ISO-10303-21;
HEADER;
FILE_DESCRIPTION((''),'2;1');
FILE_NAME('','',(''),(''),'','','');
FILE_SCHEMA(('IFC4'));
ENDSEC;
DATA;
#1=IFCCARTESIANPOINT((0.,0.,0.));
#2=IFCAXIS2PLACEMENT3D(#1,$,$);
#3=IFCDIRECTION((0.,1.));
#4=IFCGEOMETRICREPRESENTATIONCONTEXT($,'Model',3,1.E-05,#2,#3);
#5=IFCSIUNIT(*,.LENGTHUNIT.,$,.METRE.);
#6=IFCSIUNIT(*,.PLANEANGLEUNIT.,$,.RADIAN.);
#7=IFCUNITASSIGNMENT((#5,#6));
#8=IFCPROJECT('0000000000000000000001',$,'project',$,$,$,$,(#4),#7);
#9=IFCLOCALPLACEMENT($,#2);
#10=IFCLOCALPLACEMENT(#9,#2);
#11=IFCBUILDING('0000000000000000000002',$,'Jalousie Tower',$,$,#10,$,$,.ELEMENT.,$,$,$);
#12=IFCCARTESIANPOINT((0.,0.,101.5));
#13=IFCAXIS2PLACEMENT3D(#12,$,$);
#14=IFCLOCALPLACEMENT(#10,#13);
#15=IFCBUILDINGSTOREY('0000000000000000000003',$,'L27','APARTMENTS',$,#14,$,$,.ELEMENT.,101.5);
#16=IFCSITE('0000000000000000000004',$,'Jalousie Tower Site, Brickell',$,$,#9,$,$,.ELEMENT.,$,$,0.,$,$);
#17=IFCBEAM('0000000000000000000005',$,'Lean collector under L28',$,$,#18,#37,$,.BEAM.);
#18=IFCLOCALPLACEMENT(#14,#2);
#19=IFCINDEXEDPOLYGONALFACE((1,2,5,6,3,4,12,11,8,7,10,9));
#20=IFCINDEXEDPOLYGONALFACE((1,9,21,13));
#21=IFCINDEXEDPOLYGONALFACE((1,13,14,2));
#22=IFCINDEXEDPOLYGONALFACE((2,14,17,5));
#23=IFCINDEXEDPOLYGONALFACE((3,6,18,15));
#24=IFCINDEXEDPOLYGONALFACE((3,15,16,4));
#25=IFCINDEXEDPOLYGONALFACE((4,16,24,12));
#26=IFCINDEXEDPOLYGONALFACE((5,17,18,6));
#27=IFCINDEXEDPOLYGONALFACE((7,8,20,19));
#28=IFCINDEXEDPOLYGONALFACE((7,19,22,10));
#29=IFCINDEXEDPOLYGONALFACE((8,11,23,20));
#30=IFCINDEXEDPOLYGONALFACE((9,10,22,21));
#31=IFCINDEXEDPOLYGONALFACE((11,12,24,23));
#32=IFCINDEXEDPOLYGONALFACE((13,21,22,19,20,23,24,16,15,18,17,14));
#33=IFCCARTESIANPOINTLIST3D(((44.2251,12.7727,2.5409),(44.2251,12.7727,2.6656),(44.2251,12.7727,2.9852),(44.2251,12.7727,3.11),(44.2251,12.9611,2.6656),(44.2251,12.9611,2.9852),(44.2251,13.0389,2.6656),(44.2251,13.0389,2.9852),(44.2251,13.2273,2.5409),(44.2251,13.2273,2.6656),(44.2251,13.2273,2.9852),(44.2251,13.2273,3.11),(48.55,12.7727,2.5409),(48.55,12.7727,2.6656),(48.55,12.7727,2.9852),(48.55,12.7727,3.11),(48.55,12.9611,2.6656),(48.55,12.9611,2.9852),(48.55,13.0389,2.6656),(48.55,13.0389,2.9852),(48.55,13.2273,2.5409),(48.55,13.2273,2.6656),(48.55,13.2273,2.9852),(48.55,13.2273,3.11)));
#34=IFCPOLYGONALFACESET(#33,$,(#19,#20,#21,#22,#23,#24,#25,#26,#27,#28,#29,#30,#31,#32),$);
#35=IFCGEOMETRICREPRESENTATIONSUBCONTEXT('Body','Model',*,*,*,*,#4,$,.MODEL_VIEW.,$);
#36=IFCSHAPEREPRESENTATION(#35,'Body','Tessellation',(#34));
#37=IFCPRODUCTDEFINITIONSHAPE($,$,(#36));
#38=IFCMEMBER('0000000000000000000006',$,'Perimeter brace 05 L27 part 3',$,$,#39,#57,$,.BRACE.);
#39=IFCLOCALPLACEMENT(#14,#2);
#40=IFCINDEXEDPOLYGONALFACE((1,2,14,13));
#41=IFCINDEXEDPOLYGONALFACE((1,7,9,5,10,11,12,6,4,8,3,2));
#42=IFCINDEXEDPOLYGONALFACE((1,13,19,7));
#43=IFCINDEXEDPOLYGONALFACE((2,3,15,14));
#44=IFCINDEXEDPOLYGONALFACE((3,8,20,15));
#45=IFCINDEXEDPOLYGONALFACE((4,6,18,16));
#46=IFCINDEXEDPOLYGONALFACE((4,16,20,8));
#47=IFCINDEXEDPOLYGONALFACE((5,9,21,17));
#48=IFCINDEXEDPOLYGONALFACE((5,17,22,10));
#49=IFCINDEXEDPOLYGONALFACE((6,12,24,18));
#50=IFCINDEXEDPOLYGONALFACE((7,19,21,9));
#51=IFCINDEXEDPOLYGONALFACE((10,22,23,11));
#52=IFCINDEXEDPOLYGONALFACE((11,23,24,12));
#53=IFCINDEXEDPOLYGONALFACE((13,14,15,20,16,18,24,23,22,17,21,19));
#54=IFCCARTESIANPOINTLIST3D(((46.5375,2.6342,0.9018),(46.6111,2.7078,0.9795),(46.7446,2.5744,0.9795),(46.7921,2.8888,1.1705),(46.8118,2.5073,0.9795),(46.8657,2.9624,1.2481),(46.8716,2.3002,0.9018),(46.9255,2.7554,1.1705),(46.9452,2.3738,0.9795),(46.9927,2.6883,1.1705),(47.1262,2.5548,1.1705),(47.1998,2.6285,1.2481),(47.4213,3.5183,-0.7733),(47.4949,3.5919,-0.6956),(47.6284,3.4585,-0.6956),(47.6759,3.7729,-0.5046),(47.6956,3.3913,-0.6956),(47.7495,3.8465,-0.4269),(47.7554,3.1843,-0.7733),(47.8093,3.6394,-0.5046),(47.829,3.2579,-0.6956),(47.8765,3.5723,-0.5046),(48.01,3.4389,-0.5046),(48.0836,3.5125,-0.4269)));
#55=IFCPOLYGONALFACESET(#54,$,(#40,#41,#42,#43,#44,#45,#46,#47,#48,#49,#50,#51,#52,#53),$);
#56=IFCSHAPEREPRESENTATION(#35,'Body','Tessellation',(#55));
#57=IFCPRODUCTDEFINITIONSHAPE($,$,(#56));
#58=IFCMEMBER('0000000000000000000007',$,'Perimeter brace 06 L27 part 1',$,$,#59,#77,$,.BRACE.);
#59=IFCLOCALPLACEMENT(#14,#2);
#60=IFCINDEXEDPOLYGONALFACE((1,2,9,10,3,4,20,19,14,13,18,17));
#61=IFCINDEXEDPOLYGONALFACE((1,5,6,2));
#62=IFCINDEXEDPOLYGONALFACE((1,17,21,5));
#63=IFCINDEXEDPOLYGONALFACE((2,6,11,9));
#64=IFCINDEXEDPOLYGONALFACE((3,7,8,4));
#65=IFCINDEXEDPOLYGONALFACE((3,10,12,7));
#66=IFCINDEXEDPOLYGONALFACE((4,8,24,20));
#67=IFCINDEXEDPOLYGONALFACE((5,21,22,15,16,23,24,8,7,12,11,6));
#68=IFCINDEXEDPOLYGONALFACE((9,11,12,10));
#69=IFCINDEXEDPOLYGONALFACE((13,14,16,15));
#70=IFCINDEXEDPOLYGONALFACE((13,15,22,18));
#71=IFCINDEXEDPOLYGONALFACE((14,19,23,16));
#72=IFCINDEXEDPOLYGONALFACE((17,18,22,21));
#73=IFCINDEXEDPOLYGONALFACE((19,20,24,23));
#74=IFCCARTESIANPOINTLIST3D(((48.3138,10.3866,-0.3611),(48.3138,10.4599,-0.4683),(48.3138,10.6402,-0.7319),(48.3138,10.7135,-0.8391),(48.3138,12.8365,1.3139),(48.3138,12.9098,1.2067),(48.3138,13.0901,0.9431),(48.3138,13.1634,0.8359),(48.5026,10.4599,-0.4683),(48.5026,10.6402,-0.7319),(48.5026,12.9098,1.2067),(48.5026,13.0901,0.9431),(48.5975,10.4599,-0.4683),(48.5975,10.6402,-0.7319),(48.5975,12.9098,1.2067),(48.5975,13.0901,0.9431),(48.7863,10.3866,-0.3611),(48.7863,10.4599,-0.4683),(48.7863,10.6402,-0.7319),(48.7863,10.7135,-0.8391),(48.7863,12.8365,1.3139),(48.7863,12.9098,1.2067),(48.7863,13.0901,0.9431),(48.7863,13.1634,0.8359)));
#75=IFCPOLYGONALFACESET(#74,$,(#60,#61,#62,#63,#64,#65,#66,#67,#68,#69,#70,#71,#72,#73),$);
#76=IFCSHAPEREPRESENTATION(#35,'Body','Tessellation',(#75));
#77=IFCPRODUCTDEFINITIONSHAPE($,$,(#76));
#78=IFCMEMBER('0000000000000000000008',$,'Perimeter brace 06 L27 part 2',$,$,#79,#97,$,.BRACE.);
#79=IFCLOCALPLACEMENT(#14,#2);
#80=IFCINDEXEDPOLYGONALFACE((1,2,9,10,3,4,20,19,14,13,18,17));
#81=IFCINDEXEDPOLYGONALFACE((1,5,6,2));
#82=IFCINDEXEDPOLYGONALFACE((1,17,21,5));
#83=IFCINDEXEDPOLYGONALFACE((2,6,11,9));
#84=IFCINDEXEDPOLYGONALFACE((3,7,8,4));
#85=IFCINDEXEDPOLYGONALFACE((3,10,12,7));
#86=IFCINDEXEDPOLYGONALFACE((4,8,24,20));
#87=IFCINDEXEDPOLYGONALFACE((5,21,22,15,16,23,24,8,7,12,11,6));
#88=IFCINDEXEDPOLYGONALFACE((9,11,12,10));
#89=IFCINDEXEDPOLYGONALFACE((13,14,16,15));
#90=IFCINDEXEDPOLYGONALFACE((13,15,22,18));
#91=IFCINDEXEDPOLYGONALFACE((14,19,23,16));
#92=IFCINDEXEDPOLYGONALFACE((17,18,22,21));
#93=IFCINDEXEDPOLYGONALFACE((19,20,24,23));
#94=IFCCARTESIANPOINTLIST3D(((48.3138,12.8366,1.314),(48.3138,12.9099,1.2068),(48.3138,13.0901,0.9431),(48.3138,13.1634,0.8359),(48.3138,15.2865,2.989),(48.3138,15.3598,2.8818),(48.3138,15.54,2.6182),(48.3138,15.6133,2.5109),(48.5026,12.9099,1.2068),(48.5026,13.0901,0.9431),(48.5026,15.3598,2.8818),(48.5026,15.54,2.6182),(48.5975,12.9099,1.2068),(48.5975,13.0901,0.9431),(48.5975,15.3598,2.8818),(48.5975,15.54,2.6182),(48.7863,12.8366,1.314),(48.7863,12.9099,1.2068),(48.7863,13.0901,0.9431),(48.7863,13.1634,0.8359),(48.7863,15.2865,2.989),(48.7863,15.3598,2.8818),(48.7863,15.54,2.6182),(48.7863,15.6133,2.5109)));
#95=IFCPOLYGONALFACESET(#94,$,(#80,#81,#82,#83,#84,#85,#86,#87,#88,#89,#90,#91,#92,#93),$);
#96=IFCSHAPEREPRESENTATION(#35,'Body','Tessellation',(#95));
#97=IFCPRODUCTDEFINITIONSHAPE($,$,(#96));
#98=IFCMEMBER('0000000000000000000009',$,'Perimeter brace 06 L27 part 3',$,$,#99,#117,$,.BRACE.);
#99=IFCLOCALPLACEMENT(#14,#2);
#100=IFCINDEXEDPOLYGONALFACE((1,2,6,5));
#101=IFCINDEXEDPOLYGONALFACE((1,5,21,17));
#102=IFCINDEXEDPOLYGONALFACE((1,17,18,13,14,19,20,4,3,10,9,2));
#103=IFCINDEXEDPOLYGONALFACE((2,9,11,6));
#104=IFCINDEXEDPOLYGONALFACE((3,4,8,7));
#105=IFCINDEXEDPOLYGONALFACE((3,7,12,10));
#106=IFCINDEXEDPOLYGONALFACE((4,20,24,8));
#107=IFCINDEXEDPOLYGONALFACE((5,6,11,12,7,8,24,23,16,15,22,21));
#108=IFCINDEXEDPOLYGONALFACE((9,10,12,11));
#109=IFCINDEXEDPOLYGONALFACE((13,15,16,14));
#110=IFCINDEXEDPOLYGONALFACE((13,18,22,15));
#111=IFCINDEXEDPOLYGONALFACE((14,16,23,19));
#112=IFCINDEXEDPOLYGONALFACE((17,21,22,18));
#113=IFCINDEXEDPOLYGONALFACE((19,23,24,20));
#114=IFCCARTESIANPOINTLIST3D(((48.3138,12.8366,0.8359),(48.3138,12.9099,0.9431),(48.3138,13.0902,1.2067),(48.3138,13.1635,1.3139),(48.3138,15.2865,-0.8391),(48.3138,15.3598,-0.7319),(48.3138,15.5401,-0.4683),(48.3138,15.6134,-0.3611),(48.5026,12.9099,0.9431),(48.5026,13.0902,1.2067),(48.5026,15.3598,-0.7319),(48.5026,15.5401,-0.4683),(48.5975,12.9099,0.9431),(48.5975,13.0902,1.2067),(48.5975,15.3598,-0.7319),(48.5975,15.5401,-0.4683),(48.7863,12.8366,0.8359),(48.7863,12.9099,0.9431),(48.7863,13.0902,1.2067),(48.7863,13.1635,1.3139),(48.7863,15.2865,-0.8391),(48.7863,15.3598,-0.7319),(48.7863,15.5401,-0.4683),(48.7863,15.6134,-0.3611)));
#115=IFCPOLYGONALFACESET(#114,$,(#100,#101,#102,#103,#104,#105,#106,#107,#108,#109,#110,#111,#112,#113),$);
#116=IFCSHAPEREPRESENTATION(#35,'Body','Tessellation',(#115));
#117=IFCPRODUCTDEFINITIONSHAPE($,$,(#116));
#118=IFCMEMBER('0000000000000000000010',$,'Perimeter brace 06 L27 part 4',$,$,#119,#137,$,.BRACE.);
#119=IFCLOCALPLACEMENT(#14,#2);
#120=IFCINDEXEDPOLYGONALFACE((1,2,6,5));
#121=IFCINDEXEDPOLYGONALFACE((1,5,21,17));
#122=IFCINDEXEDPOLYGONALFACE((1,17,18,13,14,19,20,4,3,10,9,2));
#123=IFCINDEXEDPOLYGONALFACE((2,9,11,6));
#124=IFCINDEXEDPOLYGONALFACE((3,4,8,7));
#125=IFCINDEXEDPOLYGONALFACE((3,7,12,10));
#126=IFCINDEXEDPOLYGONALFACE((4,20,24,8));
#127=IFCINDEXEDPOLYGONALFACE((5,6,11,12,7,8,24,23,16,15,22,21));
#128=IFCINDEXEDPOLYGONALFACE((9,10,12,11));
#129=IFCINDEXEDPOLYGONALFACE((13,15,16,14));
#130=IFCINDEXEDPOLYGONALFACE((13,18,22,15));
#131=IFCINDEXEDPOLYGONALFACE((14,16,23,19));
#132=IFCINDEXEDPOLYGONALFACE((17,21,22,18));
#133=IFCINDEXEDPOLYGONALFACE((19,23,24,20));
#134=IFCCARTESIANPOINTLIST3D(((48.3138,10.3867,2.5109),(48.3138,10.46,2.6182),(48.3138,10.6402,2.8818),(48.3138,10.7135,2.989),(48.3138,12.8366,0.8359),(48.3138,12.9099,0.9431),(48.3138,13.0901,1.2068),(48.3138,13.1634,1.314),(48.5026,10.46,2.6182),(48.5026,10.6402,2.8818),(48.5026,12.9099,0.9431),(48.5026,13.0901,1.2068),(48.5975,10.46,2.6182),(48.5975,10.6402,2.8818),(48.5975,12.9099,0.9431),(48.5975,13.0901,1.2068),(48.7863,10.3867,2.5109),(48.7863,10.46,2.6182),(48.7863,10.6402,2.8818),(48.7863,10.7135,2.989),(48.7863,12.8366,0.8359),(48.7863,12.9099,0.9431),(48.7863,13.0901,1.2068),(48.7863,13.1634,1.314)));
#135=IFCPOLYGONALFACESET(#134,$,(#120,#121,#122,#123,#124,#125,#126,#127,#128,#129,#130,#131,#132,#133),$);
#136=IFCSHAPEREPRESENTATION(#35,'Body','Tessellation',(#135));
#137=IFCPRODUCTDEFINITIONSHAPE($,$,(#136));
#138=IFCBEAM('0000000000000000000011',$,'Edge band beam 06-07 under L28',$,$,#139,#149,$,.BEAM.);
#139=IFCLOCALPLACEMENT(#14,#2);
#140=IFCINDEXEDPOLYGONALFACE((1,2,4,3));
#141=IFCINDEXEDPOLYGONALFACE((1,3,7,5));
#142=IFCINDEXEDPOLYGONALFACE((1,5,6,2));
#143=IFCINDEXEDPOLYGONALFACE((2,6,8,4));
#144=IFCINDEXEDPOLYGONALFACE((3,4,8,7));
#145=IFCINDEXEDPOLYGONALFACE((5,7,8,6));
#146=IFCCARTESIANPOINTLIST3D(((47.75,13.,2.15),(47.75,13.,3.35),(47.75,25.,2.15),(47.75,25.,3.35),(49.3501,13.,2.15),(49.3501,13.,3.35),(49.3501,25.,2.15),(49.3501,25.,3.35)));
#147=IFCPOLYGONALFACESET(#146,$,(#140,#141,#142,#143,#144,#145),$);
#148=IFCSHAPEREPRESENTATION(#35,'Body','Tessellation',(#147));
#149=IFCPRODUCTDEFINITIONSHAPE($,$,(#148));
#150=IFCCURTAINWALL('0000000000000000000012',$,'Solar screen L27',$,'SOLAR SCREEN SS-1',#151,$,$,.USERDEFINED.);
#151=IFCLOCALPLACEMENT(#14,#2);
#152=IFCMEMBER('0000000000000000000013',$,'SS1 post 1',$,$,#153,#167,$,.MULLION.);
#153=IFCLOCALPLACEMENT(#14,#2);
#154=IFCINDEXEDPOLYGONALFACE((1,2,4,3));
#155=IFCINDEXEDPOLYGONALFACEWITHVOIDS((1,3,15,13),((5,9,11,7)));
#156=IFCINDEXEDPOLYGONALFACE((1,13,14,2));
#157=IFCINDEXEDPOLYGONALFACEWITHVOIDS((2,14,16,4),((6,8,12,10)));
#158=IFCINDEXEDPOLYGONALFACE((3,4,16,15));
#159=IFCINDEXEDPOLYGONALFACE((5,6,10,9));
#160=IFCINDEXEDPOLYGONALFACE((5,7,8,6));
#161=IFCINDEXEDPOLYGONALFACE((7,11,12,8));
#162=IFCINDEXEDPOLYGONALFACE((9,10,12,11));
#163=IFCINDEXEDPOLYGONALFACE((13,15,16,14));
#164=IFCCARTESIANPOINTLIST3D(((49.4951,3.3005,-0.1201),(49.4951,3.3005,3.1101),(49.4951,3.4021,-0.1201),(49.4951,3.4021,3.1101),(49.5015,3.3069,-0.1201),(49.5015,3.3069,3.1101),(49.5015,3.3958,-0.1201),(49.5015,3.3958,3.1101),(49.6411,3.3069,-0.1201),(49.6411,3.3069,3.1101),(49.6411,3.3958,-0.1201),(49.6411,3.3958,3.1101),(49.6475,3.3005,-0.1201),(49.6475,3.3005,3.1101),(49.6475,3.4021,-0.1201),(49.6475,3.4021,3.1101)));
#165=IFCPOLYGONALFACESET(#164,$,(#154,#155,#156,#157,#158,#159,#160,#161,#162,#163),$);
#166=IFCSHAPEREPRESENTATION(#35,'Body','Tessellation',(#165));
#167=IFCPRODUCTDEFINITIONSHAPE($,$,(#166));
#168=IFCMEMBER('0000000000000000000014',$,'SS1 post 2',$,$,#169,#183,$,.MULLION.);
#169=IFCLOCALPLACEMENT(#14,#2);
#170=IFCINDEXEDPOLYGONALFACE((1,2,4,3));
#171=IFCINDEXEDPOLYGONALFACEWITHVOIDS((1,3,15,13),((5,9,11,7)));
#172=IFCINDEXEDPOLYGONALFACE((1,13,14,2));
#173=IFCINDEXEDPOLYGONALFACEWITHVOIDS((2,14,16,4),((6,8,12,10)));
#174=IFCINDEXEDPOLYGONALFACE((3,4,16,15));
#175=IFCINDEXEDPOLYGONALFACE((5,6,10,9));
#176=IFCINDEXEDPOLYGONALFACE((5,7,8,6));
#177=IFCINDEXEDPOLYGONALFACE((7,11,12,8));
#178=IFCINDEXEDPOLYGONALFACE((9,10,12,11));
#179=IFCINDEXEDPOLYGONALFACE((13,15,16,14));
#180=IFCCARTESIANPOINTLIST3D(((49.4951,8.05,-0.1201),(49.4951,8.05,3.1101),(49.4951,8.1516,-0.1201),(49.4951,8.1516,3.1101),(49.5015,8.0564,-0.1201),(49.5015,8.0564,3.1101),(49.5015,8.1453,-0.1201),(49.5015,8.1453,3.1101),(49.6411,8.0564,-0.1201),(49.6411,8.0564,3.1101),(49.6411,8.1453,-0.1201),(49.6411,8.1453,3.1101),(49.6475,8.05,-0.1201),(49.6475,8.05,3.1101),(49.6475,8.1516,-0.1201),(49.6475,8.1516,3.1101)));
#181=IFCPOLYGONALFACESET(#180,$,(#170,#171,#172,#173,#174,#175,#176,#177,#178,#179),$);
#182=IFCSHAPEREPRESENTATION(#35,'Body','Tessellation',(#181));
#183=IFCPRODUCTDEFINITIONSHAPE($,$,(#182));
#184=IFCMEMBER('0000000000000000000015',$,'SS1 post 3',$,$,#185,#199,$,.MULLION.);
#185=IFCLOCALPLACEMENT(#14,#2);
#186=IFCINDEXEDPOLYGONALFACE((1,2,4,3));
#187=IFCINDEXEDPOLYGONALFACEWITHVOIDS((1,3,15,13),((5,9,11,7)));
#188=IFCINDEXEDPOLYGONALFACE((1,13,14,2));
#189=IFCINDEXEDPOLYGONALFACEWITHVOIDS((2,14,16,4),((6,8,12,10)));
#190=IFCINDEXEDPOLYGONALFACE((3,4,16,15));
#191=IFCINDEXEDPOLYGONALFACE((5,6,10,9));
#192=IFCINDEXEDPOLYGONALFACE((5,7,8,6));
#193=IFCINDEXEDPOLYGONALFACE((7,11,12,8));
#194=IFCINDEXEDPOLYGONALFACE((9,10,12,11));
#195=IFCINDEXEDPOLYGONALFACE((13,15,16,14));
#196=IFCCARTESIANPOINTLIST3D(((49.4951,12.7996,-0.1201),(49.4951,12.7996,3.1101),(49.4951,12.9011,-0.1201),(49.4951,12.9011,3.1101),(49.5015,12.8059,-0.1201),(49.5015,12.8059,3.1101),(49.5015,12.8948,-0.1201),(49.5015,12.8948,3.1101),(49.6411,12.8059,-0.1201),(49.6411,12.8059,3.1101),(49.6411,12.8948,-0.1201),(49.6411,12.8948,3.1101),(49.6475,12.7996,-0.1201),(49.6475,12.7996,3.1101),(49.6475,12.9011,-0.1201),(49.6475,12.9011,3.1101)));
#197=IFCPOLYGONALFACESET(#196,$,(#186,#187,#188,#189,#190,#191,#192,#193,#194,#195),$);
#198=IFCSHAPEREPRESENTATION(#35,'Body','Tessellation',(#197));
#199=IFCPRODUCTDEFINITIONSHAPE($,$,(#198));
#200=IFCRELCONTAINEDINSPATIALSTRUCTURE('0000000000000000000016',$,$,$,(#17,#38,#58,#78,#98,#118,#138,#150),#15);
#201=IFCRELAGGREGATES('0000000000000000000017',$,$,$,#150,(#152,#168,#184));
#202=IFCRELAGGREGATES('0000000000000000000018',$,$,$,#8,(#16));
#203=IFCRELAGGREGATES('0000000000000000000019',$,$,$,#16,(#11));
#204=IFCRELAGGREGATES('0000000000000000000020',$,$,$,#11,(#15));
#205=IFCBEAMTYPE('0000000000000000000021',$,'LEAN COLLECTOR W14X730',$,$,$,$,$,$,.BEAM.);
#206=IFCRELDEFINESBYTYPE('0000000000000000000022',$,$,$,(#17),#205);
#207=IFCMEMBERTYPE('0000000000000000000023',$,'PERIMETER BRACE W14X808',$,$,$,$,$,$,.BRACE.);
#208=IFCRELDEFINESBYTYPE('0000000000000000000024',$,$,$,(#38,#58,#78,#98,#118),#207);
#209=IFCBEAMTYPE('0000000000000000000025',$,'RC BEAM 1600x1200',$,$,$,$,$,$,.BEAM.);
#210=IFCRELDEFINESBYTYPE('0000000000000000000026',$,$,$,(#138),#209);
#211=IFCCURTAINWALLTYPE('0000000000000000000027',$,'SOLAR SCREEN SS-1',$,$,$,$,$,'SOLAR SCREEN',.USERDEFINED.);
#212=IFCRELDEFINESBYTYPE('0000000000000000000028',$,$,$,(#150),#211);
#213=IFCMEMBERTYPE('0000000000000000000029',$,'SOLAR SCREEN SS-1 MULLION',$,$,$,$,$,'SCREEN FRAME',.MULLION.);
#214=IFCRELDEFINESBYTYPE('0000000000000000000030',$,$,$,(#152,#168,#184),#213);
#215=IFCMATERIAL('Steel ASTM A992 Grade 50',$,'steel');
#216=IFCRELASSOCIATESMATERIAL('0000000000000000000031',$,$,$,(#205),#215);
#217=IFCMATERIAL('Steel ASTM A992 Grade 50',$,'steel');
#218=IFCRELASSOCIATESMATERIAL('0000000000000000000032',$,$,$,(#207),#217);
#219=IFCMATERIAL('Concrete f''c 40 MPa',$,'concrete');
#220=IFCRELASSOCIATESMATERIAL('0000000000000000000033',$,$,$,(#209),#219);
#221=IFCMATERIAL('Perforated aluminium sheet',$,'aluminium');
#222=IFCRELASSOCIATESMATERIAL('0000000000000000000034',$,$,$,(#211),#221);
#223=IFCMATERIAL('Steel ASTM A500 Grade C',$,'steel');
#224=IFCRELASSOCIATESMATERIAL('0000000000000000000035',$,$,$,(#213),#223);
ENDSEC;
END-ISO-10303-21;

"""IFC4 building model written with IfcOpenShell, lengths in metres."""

from ifc_helpers import new_model, si_unit, direction, frame, origin, origin_2d, place, context, subcontext, project, spatial, rectangle, hollow_rectangle, i_section, extrude, material, material_profile, profile_set, type_object, element, aggregate, save


model = new_model("IFC4")

# Units and contexts
model_context = context("Model", 3, precision=1e-05, world=origin(), true_north=direction((0.0, 1.0)))
body_context = subcontext(model_context, "Body", "Model", "MODEL_VIEW")
ifc_project = project(units=[si_unit("LENGTHUNIT", "METRE"), si_unit("PLANEANGLEUNIT", "RADIAN")], contexts=[model_context])

# Site, building, storey
site_placement = place(None, origin())
site = spatial("IfcSite", under=ifc_project, at=site_placement, Name="Jalousie Tower Site, Brickell", CompositionType="ELEMENT", RefElevation=0.0)
building_placement = place(site_placement, origin())
building = spatial("IfcBuilding", under=site, at=building_placement, Name="Jalousie Tower", CompositionType="ELEMENT")
storey_placement = place(building_placement, frame((0.0, 0.0, 101.5)))
storey = spatial("IfcBuildingStorey", under=building, at=storey_placement, Name="L27", Description="APARTMENTS", CompositionType="ELEMENT", Elevation=101.5)

# Beam
ifc_material_1 = material(Name="Steel ASTM A992 Grade 50", Category="steel")
ifc_material_profile_1 = material_profile(ifc_material_1, i_section(OverallWidth=0.4546, OverallDepth=0.5691, WebThickness=0.0779, FlangeThickness=0.1248, at=origin_2d()), Name="W14X730")
ifc_profile_set_1 = profile_set([ifc_material_profile_1], Name="Steel ASTM A992 Grade 50")
beam_type_1 = type_object("IfcBeamType", Name="LEAN COLLECTOR W14X730", PredefinedType="BEAM", material=ifc_profile_set_1)
beam_1_placement = place(storey_placement, frame((48.55, 13.0, 2.8254), z_axis=(-1.0, 0.0, 0.0), x_axis=(0.0, -1.0, 0.0)))
element("IfcBeam", 1, at=beam_1_placement, inside=storey, type_object=beam_type_1, Name="Lean collector under L28", PredefinedType="BEAM", context=body_context, shape_type="SweptSolid", body=[
    extrude(i_section(OverallWidth=0.4546, OverallDepth=0.5691, WebThickness=0.0779, FlangeThickness=0.1248, at=origin_2d()), origin(), (0.0, 0.0, 1.0), 4.325),
])

# Members
ifc_material_2 = material(Name="Steel ASTM A992 Grade 50", Category="steel")
ifc_material_profile_2 = material_profile(ifc_material_2, i_section(OverallWidth=0.4724, OverallDepth=0.5791, WebThickness=0.095, FlangeThickness=0.1299, at=origin_2d()), Name="W14X808")
ifc_profile_set_2 = profile_set([ifc_material_profile_2], Name="Steel ASTM A992 Grade 50")
member_type_1 = type_object("IfcMemberType", Name="PERIMETER BRACE W14X808", PredefinedType="BRACE", material=ifc_profile_set_2)
member_1_placement = place(storey_placement, frame((47.7524, 3.5154, -0.6001), z_axis=(-0.422852, -0.422969, 0.801432), x_axis=(0.707204, -0.707009, 0.0)))
element("IfcMember", 2, at=member_1_placement, inside=storey, type_object=member_type_1, Name="Perimeter brace 05 L27 part 3", PredefinedType="BRACE", context=body_context, shape_type="SweptSolid", body=[
    extrude(i_section(OverallWidth=0.4724, OverallDepth=0.5791, WebThickness=0.095, FlangeThickness=0.1299, at=origin_2d()), origin(), (0.0, 0.0, 1.0), 2.0901),
])
for number, where, z_axis, x_axis, name in (
    (3, (48.55, 10.55, -0.6001), (0.0, 0.825501, 0.564401), (-1.0, 0.0, 0.0), "Perimeter brace 06 L27 part 1"),
    (4, (48.55, 13.0, 1.075), (0.0, 0.825501, 0.564401), (-1.0, 0.0, 0.0), "Perimeter brace 06 L27 part 2"),
    (5, (48.55, 15.45, -0.6001), (0.0, -0.825501, 0.564401), (1.0, 0.0, 0.0), "Perimeter brace 06 L27 part 3"),
    (6, (48.55, 13.0, 1.075), (0.0, -0.825501, 0.564401), (1.0, 0.0, 0.0), "Perimeter brace 06 L27 part 4"),
):
    element("IfcMember", number, at=place(storey_placement, frame(where, z_axis=z_axis, x_axis=x_axis)), inside=storey, type_object=member_type_1, Name=name, PredefinedType="BRACE", context=body_context, shape_type="SweptSolid", body=[
        extrude(i_section(OverallWidth=0.4724, OverallDepth=0.5791, WebThickness=0.095, FlangeThickness=0.1299, at=origin_2d()), origin(), (0.0, 0.0, 1.0), 2.9678),
    ])

# Beam
ifc_material_3 = material(Name="Concrete f'c 40 MPa", Category="concrete")
ifc_material_profile_3 = material_profile(ifc_material_3, rectangle(XDim=1.6001, YDim=1.2, at=origin_2d()), Name="RC 1600x1200")
ifc_profile_set_3 = profile_set([ifc_material_profile_3], Name="Concrete f'c 40 MPa")
beam_type_2 = type_object("IfcBeamType", Name="RC BEAM 1600x1200", PredefinedType="BEAM", material=ifc_profile_set_3)
beam_2_placement = place(storey_placement, frame((48.55, 13.0, 2.75), z_axis=(0.0, 1.0, 0.0), x_axis=(-1.0, 0.0, 0.0)))
element("IfcBeam", 7, at=beam_2_placement, inside=storey, type_object=beam_type_2, Name="Edge band beam 06-07 under L28", PredefinedType="BEAM", context=body_context, shape_type="SweptSolid", body=[
    extrude(rectangle(XDim=1.6001, YDim=1.2, at=origin_2d()), origin(), (0.0, 0.0, 1.0), 12.0),
])

# Curtain wall, members
ifc_material_4 = material(Name="Perforated aluminium sheet", Category="aluminium")
curtain_wall_type = type_object("IfcCurtainWallType", Name="SOLAR SCREEN SS-1", ElementType="SOLAR SCREEN", PredefinedType="USERDEFINED", material=ifc_material_4)
curtain_wall_placement = place(storey_placement, origin())
curtain_wall = element("IfcCurtainWall", 8, at=curtain_wall_placement, inside=storey, type_object=curtain_wall_type, Name="Solar screen L27", ObjectType="SOLAR SCREEN SS-1", PredefinedType="USERDEFINED")
ifc_material_5 = material(Name="Steel ASTM A500 Grade C", Category="steel")
ifc_material_profile_4 = material_profile(ifc_material_5, hollow_rectangle(XDim=0.1016, YDim=0.1523, WallThickness=0.0063, at=origin_2d()), Name="HSS6X4X1/4")
ifc_profile_set_4 = profile_set([ifc_material_profile_4], Name="Steel ASTM A500 Grade C")
member_type_2 = type_object("IfcMemberType", Name="SOLAR SCREEN SS-1 MULLION", ElementType="SCREEN FRAME", PredefinedType="MULLION", material=ifc_profile_set_4)
member_2_placement = place(storey_placement, frame((49.5713, 3.3513, -0.1201), z_axis=(0.0, 0.0, 1.0), x_axis=(0.0, 1.0, 0.0)))
member_2 = element("IfcMember", 9, at=member_2_placement, type_object=member_type_2, Name="SS1 post 1", PredefinedType="MULLION", context=body_context, shape_type="SweptSolid", body=[
    extrude(hollow_rectangle(XDim=0.1016, YDim=0.1523, WallThickness=0.0063, at=origin_2d()), origin(), (0.0, 0.0, 1.0), 3.2302),
])
member_3_placement = place(storey_placement, frame((49.5713, 8.1008, -0.1201), z_axis=(0.0, 0.0, 1.0), x_axis=(0.0, 1.0, 0.0)))
member_3 = element("IfcMember", 10, at=member_3_placement, type_object=member_type_2, Name="SS1 post 2", PredefinedType="MULLION", context=body_context, shape_type="SweptSolid", body=[
    extrude(hollow_rectangle(XDim=0.1016, YDim=0.1523, WallThickness=0.0063, at=origin_2d()), origin(), (0.0, 0.0, 1.0), 3.2302),
])
member_4_placement = place(storey_placement, frame((49.5713, 12.8503, -0.1201), z_axis=(0.0, 0.0, 1.0), x_axis=(0.0, 1.0, 0.0)))
member_4 = element("IfcMember", 11, at=member_4_placement, type_object=member_type_2, Name="SS1 post 3", PredefinedType="MULLION", context=body_context, shape_type="SweptSolid", body=[
    extrude(hollow_rectangle(XDim=0.1016, YDim=0.1523, WallThickness=0.0063, at=origin_2d()), origin(), (0.0, 0.0, 1.0), 3.2302),
])
aggregate(curtain_wall, [member_2, member_3, member_4])

save(model, "model.ifc")
